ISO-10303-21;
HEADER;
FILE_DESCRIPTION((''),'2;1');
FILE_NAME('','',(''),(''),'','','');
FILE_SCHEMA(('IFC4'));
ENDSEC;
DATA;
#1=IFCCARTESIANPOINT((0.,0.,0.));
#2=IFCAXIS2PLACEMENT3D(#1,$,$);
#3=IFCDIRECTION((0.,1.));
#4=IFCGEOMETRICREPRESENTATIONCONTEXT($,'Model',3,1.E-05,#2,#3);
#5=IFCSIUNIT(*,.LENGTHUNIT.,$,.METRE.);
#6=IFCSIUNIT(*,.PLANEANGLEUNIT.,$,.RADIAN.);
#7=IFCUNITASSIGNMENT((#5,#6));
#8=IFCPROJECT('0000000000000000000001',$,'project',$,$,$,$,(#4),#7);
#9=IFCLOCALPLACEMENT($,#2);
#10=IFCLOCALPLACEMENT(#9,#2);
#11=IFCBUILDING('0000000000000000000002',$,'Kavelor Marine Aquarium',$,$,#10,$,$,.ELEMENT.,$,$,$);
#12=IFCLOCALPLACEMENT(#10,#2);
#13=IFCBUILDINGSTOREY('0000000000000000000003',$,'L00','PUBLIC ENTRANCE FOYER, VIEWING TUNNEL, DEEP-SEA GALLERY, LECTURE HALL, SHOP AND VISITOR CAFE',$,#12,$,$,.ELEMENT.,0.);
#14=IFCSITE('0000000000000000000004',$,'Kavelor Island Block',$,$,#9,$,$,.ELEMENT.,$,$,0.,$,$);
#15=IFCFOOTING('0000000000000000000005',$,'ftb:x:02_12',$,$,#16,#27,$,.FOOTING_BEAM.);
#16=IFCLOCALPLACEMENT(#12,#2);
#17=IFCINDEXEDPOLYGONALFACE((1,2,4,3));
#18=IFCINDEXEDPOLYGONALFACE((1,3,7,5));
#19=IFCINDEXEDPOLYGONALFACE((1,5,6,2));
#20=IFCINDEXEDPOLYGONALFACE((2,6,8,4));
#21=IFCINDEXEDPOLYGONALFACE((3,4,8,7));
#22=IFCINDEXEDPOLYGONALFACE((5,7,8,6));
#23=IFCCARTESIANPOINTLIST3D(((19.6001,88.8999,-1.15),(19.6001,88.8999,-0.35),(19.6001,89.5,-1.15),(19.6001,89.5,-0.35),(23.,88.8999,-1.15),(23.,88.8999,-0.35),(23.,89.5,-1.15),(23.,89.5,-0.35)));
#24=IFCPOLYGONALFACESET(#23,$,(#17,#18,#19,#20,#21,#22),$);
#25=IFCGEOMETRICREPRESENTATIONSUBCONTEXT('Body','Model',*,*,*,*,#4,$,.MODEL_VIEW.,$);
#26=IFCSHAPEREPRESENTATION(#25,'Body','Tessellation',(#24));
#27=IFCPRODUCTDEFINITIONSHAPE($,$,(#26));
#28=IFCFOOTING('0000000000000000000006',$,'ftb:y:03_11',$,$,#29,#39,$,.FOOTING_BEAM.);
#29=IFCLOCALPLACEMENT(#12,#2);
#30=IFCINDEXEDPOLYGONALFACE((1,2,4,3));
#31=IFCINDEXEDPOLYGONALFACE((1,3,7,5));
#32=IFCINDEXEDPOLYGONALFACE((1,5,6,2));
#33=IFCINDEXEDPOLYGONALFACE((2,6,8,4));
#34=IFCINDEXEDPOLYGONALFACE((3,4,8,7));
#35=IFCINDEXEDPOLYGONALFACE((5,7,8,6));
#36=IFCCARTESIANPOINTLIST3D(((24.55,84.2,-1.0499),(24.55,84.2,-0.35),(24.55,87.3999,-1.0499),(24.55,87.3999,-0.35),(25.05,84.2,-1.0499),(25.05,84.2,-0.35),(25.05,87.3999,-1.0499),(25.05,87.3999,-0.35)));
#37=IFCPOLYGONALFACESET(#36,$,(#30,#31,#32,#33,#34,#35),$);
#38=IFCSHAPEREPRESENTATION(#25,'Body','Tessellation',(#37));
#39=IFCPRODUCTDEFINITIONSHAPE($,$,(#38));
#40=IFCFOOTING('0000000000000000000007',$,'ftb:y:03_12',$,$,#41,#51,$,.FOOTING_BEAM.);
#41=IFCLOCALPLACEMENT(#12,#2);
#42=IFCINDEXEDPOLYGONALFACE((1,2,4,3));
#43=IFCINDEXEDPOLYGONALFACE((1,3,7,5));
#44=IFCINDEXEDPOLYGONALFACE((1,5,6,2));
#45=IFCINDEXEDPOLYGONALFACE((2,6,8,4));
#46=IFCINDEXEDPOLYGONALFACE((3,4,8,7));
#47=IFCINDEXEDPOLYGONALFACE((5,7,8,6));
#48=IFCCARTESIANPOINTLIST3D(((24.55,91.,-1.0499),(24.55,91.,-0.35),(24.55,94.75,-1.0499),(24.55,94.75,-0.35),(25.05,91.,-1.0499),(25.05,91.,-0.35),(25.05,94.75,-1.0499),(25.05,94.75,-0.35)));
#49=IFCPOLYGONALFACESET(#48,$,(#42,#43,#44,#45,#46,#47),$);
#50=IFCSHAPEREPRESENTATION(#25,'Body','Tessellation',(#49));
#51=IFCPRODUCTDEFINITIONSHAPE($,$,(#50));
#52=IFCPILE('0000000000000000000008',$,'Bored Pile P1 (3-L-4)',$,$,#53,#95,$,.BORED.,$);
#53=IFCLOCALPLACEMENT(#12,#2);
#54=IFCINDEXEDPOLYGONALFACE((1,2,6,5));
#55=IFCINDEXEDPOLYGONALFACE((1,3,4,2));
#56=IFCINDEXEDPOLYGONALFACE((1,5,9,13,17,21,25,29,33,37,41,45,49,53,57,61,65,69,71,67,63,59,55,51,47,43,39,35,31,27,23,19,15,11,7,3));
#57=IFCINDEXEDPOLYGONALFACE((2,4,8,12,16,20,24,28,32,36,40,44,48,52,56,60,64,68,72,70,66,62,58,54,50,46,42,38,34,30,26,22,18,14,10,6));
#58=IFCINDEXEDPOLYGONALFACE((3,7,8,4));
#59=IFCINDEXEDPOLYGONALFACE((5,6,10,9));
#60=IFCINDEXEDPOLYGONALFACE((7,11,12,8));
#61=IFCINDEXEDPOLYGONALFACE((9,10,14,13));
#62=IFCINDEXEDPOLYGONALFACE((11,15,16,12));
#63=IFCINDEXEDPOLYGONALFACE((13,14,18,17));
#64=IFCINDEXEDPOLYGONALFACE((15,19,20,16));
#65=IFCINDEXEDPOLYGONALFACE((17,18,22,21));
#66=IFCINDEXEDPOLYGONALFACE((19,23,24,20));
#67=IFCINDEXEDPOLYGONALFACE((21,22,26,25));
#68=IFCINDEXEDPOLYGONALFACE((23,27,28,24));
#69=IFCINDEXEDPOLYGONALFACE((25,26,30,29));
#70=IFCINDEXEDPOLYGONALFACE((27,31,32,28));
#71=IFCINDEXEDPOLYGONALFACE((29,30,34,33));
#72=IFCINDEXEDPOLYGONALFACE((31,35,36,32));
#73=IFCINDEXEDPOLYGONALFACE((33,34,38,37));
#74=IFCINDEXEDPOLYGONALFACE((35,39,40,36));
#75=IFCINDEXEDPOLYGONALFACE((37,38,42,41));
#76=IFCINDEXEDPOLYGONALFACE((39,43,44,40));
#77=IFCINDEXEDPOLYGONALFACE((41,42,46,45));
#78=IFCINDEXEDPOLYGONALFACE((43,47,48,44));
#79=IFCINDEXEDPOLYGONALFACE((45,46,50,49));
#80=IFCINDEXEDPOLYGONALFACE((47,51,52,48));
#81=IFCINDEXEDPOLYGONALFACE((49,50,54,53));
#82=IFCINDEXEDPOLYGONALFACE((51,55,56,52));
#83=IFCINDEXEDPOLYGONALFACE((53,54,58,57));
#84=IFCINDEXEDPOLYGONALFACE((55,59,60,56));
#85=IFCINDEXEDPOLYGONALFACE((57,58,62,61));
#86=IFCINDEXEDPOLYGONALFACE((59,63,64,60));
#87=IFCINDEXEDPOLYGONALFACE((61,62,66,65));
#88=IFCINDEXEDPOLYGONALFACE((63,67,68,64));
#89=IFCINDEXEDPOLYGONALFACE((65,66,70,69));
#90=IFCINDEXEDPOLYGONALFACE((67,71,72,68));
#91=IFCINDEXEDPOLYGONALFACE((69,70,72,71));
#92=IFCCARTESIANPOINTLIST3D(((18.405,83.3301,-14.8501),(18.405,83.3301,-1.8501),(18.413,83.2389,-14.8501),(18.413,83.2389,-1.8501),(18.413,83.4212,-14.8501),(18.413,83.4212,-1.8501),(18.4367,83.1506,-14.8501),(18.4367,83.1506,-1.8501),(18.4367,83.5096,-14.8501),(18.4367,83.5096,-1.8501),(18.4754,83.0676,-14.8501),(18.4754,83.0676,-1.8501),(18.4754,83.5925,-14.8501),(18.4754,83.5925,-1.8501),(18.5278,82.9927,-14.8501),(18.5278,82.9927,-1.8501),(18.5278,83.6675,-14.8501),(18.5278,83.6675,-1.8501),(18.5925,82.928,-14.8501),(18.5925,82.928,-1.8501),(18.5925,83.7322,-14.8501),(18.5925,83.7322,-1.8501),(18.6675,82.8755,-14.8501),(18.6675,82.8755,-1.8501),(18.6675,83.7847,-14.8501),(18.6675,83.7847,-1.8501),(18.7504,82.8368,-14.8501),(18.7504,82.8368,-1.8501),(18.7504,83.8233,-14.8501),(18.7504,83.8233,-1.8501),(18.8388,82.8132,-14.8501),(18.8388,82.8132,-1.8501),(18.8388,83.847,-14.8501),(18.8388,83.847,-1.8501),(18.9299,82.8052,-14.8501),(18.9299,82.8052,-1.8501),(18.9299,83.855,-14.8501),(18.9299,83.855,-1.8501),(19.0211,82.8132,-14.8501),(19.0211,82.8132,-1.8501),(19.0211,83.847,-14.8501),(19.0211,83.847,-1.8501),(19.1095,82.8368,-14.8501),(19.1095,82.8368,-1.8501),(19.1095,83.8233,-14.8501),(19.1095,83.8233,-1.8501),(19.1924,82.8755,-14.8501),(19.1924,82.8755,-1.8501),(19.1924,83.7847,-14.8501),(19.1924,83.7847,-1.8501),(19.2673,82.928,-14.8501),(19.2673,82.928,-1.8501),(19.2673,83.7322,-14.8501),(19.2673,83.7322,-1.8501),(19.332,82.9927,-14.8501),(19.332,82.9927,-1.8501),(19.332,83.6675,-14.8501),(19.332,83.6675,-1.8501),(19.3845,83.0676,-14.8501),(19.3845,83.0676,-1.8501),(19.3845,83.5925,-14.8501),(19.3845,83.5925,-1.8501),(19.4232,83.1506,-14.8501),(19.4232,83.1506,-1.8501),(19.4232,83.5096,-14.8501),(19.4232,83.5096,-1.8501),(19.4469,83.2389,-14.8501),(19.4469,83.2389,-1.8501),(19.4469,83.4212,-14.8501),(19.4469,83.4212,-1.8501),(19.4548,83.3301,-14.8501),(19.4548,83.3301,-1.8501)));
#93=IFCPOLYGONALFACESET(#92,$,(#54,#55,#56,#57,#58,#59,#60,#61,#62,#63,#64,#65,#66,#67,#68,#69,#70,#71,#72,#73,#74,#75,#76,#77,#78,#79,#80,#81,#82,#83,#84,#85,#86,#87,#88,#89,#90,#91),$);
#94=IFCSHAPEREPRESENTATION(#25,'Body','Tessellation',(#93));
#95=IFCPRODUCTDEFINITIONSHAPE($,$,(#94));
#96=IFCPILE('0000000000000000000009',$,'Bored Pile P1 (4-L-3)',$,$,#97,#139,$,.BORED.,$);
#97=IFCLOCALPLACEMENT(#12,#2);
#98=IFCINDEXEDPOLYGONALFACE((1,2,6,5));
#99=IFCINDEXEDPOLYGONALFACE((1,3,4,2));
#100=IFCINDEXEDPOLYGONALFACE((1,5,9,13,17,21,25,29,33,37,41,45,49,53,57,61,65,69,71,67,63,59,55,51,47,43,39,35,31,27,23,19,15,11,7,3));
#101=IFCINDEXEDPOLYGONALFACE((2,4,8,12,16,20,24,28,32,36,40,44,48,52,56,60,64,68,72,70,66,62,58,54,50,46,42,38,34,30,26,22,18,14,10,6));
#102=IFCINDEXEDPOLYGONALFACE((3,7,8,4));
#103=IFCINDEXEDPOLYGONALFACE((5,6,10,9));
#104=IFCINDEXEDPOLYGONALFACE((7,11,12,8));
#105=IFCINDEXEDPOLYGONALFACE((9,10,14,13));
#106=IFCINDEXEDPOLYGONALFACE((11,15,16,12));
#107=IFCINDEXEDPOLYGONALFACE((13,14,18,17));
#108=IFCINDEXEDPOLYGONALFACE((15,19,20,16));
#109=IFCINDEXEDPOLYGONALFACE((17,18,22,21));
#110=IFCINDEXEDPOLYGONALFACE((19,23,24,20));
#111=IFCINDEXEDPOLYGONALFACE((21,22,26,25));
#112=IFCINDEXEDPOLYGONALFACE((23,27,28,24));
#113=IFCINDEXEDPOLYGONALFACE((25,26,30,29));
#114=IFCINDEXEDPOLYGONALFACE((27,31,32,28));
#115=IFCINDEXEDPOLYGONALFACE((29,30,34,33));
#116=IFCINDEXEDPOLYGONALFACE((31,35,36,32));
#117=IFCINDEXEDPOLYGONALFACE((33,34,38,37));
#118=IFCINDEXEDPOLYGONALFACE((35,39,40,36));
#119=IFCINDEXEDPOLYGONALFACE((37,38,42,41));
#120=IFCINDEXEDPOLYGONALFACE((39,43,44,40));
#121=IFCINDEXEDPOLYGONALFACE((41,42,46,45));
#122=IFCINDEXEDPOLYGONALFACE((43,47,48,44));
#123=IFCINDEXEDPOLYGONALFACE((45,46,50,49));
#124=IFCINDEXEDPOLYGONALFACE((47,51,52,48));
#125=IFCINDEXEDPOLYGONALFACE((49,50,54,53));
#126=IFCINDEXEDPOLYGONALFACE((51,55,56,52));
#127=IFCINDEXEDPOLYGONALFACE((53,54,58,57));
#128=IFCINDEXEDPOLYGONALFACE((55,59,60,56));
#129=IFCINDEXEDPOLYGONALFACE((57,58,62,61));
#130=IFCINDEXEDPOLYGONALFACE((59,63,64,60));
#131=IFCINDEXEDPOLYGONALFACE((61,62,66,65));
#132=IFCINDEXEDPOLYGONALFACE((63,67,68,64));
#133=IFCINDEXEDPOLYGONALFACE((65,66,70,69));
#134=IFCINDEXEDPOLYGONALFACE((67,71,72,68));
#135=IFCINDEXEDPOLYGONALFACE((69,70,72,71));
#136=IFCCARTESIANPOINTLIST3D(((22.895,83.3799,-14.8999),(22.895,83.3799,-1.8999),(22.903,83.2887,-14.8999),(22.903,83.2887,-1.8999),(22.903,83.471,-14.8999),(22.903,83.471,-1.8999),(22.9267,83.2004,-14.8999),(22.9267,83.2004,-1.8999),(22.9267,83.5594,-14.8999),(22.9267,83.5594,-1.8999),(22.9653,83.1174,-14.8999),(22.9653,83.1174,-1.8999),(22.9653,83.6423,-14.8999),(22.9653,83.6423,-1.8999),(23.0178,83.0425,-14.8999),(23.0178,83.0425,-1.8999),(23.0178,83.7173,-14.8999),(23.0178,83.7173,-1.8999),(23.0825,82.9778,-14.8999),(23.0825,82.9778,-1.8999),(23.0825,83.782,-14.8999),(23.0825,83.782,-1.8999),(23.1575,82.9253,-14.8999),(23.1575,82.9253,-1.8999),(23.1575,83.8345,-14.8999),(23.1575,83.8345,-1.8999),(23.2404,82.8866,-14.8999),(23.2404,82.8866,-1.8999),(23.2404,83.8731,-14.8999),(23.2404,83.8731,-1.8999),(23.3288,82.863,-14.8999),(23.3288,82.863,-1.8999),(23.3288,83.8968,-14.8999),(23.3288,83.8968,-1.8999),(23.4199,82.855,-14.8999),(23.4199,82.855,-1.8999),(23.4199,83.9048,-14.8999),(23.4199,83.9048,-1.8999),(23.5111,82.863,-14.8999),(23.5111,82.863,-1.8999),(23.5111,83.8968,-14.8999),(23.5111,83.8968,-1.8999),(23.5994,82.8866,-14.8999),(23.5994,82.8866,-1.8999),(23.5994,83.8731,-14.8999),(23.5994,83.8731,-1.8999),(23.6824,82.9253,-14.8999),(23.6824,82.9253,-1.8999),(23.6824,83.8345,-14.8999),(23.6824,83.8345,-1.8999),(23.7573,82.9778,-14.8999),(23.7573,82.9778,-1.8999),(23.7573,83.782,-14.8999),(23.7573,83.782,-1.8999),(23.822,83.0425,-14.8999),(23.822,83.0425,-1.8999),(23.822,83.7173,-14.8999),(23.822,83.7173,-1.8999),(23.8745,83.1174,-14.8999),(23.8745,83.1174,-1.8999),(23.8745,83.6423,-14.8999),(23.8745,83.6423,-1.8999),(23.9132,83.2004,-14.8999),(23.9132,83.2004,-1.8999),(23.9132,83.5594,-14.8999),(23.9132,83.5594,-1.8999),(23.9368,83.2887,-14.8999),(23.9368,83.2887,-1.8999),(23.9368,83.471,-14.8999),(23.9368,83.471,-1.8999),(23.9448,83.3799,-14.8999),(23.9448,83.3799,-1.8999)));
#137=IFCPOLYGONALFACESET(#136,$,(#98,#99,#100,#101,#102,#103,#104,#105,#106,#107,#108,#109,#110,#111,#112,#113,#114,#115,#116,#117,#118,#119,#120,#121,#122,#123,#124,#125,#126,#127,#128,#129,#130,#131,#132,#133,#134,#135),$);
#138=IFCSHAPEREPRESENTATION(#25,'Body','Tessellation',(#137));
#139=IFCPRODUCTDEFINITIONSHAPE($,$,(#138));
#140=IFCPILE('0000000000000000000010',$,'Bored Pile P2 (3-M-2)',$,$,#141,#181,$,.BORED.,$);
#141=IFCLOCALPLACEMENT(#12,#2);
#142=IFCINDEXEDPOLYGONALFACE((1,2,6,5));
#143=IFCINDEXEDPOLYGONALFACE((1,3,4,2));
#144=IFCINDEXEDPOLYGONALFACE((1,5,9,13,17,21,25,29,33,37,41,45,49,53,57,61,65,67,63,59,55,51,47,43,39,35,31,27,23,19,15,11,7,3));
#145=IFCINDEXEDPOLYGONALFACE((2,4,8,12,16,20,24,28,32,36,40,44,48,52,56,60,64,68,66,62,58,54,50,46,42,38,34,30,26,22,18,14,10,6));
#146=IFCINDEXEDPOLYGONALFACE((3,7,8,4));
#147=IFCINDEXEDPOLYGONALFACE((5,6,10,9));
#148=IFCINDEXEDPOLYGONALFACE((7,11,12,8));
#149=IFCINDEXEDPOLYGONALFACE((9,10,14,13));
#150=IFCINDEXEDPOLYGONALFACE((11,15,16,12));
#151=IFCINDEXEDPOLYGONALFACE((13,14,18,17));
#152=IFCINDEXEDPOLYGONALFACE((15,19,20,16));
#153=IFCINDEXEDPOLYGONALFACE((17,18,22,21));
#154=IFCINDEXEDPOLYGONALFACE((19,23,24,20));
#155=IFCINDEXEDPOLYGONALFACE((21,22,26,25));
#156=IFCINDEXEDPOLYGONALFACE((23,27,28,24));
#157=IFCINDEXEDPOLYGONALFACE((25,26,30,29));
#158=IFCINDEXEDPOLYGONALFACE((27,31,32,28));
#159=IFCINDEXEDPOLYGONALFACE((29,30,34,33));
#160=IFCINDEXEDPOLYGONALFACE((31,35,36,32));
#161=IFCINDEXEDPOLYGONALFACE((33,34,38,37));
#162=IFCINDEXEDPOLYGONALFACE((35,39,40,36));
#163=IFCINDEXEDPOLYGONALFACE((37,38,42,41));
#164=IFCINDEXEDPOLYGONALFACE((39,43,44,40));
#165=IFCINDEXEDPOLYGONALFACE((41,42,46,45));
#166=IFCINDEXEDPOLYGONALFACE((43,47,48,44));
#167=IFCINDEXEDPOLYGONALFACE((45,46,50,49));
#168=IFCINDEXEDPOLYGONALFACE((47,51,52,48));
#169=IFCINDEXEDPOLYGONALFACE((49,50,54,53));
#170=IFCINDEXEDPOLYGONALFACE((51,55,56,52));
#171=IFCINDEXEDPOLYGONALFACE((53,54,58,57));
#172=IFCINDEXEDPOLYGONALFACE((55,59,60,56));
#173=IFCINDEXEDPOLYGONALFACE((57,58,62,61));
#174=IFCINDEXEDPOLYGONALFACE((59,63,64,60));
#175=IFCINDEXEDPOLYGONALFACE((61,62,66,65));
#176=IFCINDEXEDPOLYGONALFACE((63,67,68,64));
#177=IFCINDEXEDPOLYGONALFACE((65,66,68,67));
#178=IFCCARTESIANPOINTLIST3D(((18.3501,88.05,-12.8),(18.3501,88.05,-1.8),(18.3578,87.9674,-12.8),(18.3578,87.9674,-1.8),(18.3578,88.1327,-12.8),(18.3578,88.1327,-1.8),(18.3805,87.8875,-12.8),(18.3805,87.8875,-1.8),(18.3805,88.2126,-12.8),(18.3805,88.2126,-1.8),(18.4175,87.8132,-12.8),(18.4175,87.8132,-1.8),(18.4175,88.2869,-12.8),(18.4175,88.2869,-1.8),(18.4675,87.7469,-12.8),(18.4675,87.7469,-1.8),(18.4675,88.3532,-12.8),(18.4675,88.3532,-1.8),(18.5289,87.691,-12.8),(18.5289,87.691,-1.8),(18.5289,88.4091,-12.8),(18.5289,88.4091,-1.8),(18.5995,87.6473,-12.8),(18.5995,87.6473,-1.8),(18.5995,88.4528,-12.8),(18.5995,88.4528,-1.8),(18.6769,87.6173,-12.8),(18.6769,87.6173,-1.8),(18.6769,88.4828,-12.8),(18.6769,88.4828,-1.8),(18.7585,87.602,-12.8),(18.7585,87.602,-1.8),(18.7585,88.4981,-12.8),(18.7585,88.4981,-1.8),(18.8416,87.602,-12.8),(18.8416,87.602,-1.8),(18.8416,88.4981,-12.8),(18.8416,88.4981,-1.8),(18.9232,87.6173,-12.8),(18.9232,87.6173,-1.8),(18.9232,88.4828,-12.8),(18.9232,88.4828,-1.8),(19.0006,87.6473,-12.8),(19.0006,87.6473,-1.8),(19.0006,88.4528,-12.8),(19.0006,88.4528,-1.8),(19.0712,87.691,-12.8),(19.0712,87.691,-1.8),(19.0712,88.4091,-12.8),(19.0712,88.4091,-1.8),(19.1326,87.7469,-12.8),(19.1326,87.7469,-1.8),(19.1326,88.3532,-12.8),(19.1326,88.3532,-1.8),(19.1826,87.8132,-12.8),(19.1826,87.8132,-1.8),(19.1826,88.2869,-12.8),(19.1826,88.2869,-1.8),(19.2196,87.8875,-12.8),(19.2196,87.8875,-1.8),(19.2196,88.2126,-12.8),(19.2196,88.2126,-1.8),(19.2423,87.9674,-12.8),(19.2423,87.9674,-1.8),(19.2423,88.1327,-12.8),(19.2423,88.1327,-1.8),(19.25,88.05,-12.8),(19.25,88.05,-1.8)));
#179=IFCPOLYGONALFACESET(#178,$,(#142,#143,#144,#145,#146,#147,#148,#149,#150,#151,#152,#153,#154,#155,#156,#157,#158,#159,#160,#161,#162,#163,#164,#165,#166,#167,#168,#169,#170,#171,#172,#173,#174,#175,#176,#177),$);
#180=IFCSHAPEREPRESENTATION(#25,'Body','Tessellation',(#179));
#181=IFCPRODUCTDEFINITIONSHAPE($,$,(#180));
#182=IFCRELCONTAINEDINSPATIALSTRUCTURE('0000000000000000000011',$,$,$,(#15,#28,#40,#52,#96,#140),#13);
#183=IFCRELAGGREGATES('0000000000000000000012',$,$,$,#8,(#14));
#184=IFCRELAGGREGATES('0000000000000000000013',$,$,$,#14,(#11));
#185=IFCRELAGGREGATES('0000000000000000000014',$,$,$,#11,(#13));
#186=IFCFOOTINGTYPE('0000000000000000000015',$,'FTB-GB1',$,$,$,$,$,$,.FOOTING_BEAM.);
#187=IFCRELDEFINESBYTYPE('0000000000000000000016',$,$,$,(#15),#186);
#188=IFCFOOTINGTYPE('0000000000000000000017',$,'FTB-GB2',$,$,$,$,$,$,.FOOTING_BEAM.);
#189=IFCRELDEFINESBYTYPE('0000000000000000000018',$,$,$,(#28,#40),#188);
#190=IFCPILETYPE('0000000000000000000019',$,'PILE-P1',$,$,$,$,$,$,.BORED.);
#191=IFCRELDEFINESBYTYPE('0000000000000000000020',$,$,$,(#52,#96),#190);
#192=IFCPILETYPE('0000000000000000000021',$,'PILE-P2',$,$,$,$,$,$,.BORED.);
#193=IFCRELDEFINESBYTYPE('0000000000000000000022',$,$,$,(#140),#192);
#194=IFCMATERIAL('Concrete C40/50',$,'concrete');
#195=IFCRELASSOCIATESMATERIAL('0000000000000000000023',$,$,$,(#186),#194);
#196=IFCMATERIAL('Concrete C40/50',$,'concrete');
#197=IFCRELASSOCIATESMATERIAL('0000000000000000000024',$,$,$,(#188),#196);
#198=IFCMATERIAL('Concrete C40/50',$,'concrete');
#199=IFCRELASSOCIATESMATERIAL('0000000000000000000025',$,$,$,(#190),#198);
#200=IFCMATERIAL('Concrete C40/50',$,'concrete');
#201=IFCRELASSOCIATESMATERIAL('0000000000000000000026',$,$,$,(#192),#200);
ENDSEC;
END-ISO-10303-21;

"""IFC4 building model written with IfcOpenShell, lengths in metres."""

from ifc_helpers import new_model, si_unit, direction, frame, origin, origin_2d, place, context, subcontext, project, spatial, rectangle, circle, extrude, material, material_profile, profile_set, type_object, element, save


model = new_model("IFC4")

# Units and contexts
model_context = context("Model", 3, precision=1e-05, world=origin(), true_north=direction((0.0, 1.0)))
body_context = subcontext(model_context, "Body", "Model", "MODEL_VIEW")
ifc_project = project(units=[si_unit("LENGTHUNIT", "METRE"), si_unit("PLANEANGLEUNIT", "RADIAN")], contexts=[model_context])

# Site, building, storey
site_placement = place(None, origin())
site = spatial("IfcSite", under=ifc_project, at=site_placement, Name="Kavelor Island Block", CompositionType="ELEMENT", RefElevation=0.0)
building_placement = place(site_placement, origin())
building = spatial("IfcBuilding", under=site, at=building_placement, Name="Kavelor Marine Aquarium", CompositionType="ELEMENT")
storey_placement = place(building_placement, origin())
storey = spatial("IfcBuildingStorey", under=building, at=storey_placement, Name="L00", Description="PUBLIC ENTRANCE FOYER, VIEWING TUNNEL, DEEP-SEA GALLERY, LECTURE HALL, SHOP AND VISITOR CAFE", CompositionType="ELEMENT", Elevation=0.0)

# Footings
ifc_material_1 = material(Name="Concrete C40/50", Category="concrete")
ifc_material_profile_1 = material_profile(ifc_material_1, rectangle(XDim=0.6001, YDim=0.8, at=origin_2d()), Name="GB 600x800")
ifc_profile_set_1 = profile_set([ifc_material_profile_1], Name="Concrete C40/50")
footing_type_1 = type_object("IfcFootingType", Name="FTB-GB1", PredefinedType="FOOTING_BEAM", material=ifc_profile_set_1)
footing_1_placement = place(storey_placement, frame((19.6001, 89.2, -0.75), z_axis=(1.0, 0.0, 0.0), x_axis=(0.0, 1.0, 0.0)))
element("IfcFooting", 1, at=footing_1_placement, inside=storey, type_object=footing_type_1, Name="ftb:x:02_12", PredefinedType="FOOTING_BEAM", context=body_context, shape_type="SweptSolid", body=[
    extrude(rectangle(XDim=0.6001, YDim=0.8, at=origin_2d()), origin(), (0.0, 0.0, 1.0), 3.3999),
])
ifc_material_2 = material(Name="Concrete C40/50", Category="concrete")
ifc_material_profile_2 = material_profile(ifc_material_2, rectangle(XDim=0.5, YDim=0.7, at=origin_2d()), Name="GB 500x700")
ifc_profile_set_2 = profile_set([ifc_material_profile_2], Name="Concrete C40/50")
footing_type_2 = type_object("IfcFootingType", Name="FTB-GB2", PredefinedType="FOOTING_BEAM", material=ifc_profile_set_2)
footing_2_placement = place(storey_placement, frame((24.8, 84.2, -0.7), z_axis=(0.0, 1.0, 0.0), x_axis=(-1.0, 0.0, 0.0)))
element("IfcFooting", 2, at=footing_2_placement, inside=storey, type_object=footing_type_2, Name="ftb:y:03_11", PredefinedType="FOOTING_BEAM", context=body_context, shape_type="SweptSolid", body=[
    extrude(rectangle(XDim=0.5, YDim=0.7, at=origin_2d()), origin(), (0.0, 0.0, 1.0), 3.2),
])
footing_3_placement = place(storey_placement, frame((24.8, 91.0, -0.7), z_axis=(0.0, 1.0, 0.0), x_axis=(-1.0, 0.0, 0.0)))
element("IfcFooting", 3, at=footing_3_placement, inside=storey, type_object=footing_type_2, Name="ftb:y:03_12", PredefinedType="FOOTING_BEAM", context=body_context, shape_type="SweptSolid", body=[
    extrude(rectangle(XDim=0.5, YDim=0.7, at=origin_2d()), origin(), (0.0, 0.0, 1.0), 3.75),
])

# Piles
ifc_material_3 = material(Name="Concrete C40/50", Category="concrete")
ifc_material_profile_3 = material_profile(ifc_material_3, circle(Radius=0.5249, at=origin_2d()), Name="PILE D1050")
ifc_profile_set_3 = profile_set([ifc_material_profile_3], Name="Concrete C40/50")
pile_type_1 = type_object("IfcPileType", Name="PILE-P1", PredefinedType="BORED", material=ifc_profile_set_3)
for number, where, z_axis, x_axis, name in (
    (4, (18.9299, 83.3301, -1.8501), (0.0, 0.0, -1.0), (1.0, 0.0, 0.0), "Bored Pile P1 (3-L-4)"),
    (5, (23.4199, 83.3799, -1.8999), (0.0, 0.0, -1.0), (1.0, 0.0, 0.0), "Bored Pile P1 (4-L-3)"),
):
    element("IfcPile", number, at=place(storey_placement, frame(where, z_axis=z_axis, x_axis=x_axis)), inside=storey, type_object=pile_type_1, Name=name, PredefinedType="BORED", context=body_context, shape_type="SweptSolid", body=[
        extrude(circle(Radius=0.5249, at=origin_2d()), origin(), (0.0, 0.0, 1.0), 13.0),
    ])
ifc_material_4 = material(Name="Concrete C40/50", Category="concrete")
ifc_material_profile_4 = material_profile(ifc_material_4, circle(Radius=0.45, at=origin_2d()), Name="PILE D900")
ifc_profile_set_4 = profile_set([ifc_material_profile_4], Name="Concrete C40/50")
pile_type_2 = type_object("IfcPileType", Name="PILE-P2", PredefinedType="BORED", material=ifc_profile_set_4)
for number, where, z_axis, x_axis, name in (
    (6, (18.8, 88.05, -1.8), (0.0, 0.0, -1.0), (1.0, 0.0, 0.0), "Bored Pile P2 (3-M-2)"),
):
    element("IfcPile", number, at=place(storey_placement, frame(where, z_axis=z_axis, x_axis=x_axis)), inside=storey, type_object=pile_type_2, Name=name, PredefinedType="BORED", context=body_context, shape_type="SweptSolid", body=[
        extrude(circle(Radius=0.45, at=origin_2d()), origin(), (0.0, 0.0, 1.0), 11.0),
    ])

save(model, "model.ifc")
